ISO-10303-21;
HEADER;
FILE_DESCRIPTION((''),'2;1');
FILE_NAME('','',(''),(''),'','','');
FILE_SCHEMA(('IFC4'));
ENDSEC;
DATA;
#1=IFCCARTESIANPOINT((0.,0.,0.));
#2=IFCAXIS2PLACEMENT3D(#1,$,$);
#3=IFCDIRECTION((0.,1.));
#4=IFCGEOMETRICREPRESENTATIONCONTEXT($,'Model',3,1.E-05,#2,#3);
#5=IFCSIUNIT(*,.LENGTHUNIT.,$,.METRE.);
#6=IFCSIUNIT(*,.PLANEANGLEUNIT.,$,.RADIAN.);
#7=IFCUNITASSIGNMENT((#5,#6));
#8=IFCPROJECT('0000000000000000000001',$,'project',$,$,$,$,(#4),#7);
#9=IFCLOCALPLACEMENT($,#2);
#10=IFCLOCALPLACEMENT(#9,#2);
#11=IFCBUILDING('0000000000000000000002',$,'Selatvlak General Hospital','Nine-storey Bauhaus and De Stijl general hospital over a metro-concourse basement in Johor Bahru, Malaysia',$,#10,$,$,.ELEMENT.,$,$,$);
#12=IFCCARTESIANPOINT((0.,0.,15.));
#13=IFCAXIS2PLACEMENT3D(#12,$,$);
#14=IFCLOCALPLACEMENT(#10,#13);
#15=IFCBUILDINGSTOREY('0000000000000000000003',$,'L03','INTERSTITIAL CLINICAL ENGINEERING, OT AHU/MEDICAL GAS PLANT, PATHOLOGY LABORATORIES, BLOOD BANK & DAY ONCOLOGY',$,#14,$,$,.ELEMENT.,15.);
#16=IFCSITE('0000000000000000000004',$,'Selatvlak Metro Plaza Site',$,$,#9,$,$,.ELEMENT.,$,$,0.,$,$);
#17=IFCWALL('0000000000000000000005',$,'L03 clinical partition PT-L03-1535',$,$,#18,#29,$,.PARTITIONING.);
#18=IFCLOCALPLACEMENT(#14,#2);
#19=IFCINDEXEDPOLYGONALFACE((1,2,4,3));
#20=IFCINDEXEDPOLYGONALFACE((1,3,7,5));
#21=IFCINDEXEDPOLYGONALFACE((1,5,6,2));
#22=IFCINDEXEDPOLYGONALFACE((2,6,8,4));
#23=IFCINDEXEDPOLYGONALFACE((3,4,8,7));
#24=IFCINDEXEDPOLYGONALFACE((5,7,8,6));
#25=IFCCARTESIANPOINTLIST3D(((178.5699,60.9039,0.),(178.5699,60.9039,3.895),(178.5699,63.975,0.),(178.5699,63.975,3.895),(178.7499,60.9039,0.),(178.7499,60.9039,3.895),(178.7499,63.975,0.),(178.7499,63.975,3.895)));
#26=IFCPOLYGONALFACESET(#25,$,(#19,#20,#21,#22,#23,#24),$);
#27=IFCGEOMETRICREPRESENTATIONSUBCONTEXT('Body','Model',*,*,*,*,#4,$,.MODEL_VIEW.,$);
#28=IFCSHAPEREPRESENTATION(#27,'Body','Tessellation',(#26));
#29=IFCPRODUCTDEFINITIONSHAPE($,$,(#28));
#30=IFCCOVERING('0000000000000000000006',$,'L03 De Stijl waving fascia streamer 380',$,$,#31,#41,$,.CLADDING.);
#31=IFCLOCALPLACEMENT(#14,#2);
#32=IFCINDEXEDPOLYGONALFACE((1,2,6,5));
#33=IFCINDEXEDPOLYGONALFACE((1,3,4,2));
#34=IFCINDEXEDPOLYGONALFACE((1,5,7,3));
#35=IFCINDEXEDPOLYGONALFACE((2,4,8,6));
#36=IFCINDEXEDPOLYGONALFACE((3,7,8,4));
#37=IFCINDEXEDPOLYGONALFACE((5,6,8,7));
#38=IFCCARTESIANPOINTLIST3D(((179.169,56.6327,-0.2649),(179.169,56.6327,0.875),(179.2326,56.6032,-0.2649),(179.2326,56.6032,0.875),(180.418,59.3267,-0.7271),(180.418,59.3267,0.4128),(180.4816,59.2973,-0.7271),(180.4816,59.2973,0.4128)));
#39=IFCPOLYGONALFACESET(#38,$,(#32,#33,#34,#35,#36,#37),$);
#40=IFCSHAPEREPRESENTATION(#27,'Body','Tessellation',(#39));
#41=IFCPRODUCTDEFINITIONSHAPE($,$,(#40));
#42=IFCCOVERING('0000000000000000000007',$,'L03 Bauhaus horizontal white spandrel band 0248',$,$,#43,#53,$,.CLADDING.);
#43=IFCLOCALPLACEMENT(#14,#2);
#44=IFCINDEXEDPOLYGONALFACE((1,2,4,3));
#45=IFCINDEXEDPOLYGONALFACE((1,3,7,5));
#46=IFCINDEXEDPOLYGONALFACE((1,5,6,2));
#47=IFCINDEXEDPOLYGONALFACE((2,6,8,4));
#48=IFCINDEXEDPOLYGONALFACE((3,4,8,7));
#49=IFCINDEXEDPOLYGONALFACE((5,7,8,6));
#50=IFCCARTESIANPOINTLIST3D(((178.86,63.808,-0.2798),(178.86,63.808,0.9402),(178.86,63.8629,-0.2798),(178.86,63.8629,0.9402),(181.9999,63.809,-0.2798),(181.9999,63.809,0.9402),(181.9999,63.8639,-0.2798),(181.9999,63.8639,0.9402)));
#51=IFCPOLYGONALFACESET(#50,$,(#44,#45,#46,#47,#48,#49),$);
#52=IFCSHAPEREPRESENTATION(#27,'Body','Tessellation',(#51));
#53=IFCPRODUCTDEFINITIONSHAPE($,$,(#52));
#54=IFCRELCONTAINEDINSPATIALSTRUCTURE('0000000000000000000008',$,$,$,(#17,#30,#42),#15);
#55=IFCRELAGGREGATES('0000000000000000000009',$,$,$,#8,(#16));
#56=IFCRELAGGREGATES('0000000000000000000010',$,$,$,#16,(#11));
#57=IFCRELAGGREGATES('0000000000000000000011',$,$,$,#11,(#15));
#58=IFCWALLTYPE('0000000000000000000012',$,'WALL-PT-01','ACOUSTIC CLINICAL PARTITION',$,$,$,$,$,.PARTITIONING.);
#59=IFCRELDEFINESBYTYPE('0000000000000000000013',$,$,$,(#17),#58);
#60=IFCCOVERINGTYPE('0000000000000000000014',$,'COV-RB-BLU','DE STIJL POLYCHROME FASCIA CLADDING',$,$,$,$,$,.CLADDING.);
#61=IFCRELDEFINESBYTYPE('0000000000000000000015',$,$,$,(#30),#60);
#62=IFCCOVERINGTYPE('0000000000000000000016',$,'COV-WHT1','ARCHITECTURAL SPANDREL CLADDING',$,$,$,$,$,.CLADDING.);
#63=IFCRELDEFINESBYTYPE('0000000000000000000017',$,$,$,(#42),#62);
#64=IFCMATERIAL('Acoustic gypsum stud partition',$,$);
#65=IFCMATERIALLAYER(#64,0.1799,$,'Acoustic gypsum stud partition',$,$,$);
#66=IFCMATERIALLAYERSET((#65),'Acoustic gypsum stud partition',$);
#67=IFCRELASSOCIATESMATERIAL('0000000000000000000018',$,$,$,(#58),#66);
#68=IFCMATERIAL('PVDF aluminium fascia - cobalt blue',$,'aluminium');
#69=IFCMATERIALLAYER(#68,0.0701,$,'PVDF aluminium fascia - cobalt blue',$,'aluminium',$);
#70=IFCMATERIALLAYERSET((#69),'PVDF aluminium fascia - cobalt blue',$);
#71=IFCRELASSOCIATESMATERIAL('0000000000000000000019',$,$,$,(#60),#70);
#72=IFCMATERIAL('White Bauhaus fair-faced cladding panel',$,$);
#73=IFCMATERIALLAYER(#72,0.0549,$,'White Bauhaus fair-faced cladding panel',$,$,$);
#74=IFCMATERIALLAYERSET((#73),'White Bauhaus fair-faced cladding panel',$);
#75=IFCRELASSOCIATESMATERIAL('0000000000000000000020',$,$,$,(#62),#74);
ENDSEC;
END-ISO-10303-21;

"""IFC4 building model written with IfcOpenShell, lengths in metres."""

from ifc_helpers import new_model, si_unit, direction, frame, frame_2d, origin, origin_2d, place, context, subcontext, project, spatial, polyline, rectangle, outline, extrude, material, layer, layer_set, type_object, element, save


model = new_model("IFC4")

# Units and contexts
model_context = context("Model", 3, precision=1e-05, world=origin(), true_north=direction((0.0, 1.0)))
body_context = subcontext(model_context, "Body", "Model", "MODEL_VIEW")
ifc_project = project(units=[si_unit("LENGTHUNIT", "METRE"), si_unit("PLANEANGLEUNIT", "RADIAN")], contexts=[model_context])

# Site, building, storey
site_placement = place(None, origin())
site = spatial("IfcSite", under=ifc_project, at=site_placement, Name="Selatvlak Metro Plaza Site", CompositionType="ELEMENT", RefElevation=0.0)
building_placement = place(site_placement, origin())
building = spatial("IfcBuilding", under=site, at=building_placement, Name="Selatvlak General Hospital", Description="Nine-storey Bauhaus and De Stijl general hospital over a metro-concourse basement in Johor Bahru, Malaysia", CompositionType="ELEMENT")
storey_placement = place(building_placement, frame((0.0, 0.0, 15.0)))
storey = spatial("IfcBuildingStorey", under=building, at=storey_placement, Name="L03", Description="INTERSTITIAL CLINICAL ENGINEERING, OT AHU/MEDICAL GAS PLANT, PATHOLOGY LABORATORIES, BLOOD BANK & DAY ONCOLOGY", CompositionType="ELEMENT", Elevation=15.0)

# Wall
ifc_material_1 = material(Name="Acoustic gypsum stud partition")
ifc_layer_1 = layer(ifc_material_1, 0.1799, Name="Acoustic gypsum stud partition")
ifc_layer_set_1 = layer_set([ifc_layer_1], Name="Acoustic gypsum stud partition")
wall_type_1 = type_object("IfcWallType", Name="WALL-PT-01", Description="ACOUSTIC CLINICAL PARTITION", PredefinedType="PARTITIONING", material=ifc_layer_set_1)
wall_1_placement = place(storey_placement, frame((178.6599, 63.9751, 0.0), z_axis=(0.0, 0.0, 1.0), x_axis=(0.0, -1.0, 0.0)))
element("IfcWall", 1, at=wall_1_placement, inside=storey, type_object=wall_type_1, Name="L03 clinical partition PT-L03-1535", PredefinedType="PARTITIONING", context=body_context, shape_type="SweptSolid", body=[
    extrude(rectangle(XDim=3.071, YDim=0.1799, at=frame_2d((1.5356, 0.0))), origin(), (0.0, 0.0, 1.0), 3.895),
])

# Coverings
ifc_material_2 = material(Name="PVDF aluminium fascia - cobalt blue", Category="aluminium")
ifc_layer_2 = layer(ifc_material_2, 0.0701, Name="PVDF aluminium fascia - cobalt blue", Category="aluminium")
ifc_layer_set_2 = layer_set([ifc_layer_2], Name="PVDF aluminium fascia - cobalt blue")
covering_type_1 = type_object("IfcCoveringType", Name="COV-RB-BLU", Description="DE STIJL POLYCHROME FASCIA CLADDING", PredefinedType="CLADDING", material=ifc_layer_set_2)
covering_1_placement = place(storey_placement, frame((179.2009, 56.6179, -0.2649), z_axis=(0.0, 0.0, 1.0), x_axis=(0.420611, 0.907241, 0.0)))
element("IfcCovering", 2, at=covering_1_placement, inside=storey, type_object=covering_type_1, Name="L03 De Stijl waving fascia streamer 380", PredefinedType="CLADDING", context=body_context, shape_type="SweptSolid", body=[
    extrude(outline(polyline([(0.0, 0.0), (2.9695, -0.4622), (2.9695, 0.6777), (0.0, 1.1399), (0.0, 0.0)])), frame((0.0, 0.0352, 0.0), z_axis=(0.0, -1.0, 0.0), x_axis=(1.0, 0.0, 0.0)), (0.0, 0.0, 1.0), 0.0701),
])
ifc_material_3 = material(Name="White Bauhaus fair-faced cladding panel")
ifc_layer_3 = layer(ifc_material_3, 0.0549, Name="White Bauhaus fair-faced cladding panel")
ifc_layer_set_3 = layer_set([ifc_layer_3], Name="White Bauhaus fair-faced cladding panel")
covering_type_2 = type_object("IfcCoveringType", Name="COV-WHT1", Description="ARCHITECTURAL SPANDREL CLADDING", PredefinedType="CLADDING", material=ifc_layer_set_3)
covering_2_placement = place(storey_placement, frame((180.4299, 63.8359, -0.2798), z_axis=(0.0, 0.0, 1.0), x_axis=(-1.0, -0.000314, 0.0)))
element("IfcCovering", 3, at=covering_2_placement, inside=storey, type_object=covering_type_2, Name="L03 Bauhaus horizontal white spandrel band 0248", PredefinedType="CLADDING", context=body_context, shape_type="SweptSolid", body=[
    extrude(rectangle(XDim=3.1399, YDim=0.0549, at=origin_2d()), origin(), (0.0, 0.0, 1.0), 1.22),
])

save(model, "model.ifc")
